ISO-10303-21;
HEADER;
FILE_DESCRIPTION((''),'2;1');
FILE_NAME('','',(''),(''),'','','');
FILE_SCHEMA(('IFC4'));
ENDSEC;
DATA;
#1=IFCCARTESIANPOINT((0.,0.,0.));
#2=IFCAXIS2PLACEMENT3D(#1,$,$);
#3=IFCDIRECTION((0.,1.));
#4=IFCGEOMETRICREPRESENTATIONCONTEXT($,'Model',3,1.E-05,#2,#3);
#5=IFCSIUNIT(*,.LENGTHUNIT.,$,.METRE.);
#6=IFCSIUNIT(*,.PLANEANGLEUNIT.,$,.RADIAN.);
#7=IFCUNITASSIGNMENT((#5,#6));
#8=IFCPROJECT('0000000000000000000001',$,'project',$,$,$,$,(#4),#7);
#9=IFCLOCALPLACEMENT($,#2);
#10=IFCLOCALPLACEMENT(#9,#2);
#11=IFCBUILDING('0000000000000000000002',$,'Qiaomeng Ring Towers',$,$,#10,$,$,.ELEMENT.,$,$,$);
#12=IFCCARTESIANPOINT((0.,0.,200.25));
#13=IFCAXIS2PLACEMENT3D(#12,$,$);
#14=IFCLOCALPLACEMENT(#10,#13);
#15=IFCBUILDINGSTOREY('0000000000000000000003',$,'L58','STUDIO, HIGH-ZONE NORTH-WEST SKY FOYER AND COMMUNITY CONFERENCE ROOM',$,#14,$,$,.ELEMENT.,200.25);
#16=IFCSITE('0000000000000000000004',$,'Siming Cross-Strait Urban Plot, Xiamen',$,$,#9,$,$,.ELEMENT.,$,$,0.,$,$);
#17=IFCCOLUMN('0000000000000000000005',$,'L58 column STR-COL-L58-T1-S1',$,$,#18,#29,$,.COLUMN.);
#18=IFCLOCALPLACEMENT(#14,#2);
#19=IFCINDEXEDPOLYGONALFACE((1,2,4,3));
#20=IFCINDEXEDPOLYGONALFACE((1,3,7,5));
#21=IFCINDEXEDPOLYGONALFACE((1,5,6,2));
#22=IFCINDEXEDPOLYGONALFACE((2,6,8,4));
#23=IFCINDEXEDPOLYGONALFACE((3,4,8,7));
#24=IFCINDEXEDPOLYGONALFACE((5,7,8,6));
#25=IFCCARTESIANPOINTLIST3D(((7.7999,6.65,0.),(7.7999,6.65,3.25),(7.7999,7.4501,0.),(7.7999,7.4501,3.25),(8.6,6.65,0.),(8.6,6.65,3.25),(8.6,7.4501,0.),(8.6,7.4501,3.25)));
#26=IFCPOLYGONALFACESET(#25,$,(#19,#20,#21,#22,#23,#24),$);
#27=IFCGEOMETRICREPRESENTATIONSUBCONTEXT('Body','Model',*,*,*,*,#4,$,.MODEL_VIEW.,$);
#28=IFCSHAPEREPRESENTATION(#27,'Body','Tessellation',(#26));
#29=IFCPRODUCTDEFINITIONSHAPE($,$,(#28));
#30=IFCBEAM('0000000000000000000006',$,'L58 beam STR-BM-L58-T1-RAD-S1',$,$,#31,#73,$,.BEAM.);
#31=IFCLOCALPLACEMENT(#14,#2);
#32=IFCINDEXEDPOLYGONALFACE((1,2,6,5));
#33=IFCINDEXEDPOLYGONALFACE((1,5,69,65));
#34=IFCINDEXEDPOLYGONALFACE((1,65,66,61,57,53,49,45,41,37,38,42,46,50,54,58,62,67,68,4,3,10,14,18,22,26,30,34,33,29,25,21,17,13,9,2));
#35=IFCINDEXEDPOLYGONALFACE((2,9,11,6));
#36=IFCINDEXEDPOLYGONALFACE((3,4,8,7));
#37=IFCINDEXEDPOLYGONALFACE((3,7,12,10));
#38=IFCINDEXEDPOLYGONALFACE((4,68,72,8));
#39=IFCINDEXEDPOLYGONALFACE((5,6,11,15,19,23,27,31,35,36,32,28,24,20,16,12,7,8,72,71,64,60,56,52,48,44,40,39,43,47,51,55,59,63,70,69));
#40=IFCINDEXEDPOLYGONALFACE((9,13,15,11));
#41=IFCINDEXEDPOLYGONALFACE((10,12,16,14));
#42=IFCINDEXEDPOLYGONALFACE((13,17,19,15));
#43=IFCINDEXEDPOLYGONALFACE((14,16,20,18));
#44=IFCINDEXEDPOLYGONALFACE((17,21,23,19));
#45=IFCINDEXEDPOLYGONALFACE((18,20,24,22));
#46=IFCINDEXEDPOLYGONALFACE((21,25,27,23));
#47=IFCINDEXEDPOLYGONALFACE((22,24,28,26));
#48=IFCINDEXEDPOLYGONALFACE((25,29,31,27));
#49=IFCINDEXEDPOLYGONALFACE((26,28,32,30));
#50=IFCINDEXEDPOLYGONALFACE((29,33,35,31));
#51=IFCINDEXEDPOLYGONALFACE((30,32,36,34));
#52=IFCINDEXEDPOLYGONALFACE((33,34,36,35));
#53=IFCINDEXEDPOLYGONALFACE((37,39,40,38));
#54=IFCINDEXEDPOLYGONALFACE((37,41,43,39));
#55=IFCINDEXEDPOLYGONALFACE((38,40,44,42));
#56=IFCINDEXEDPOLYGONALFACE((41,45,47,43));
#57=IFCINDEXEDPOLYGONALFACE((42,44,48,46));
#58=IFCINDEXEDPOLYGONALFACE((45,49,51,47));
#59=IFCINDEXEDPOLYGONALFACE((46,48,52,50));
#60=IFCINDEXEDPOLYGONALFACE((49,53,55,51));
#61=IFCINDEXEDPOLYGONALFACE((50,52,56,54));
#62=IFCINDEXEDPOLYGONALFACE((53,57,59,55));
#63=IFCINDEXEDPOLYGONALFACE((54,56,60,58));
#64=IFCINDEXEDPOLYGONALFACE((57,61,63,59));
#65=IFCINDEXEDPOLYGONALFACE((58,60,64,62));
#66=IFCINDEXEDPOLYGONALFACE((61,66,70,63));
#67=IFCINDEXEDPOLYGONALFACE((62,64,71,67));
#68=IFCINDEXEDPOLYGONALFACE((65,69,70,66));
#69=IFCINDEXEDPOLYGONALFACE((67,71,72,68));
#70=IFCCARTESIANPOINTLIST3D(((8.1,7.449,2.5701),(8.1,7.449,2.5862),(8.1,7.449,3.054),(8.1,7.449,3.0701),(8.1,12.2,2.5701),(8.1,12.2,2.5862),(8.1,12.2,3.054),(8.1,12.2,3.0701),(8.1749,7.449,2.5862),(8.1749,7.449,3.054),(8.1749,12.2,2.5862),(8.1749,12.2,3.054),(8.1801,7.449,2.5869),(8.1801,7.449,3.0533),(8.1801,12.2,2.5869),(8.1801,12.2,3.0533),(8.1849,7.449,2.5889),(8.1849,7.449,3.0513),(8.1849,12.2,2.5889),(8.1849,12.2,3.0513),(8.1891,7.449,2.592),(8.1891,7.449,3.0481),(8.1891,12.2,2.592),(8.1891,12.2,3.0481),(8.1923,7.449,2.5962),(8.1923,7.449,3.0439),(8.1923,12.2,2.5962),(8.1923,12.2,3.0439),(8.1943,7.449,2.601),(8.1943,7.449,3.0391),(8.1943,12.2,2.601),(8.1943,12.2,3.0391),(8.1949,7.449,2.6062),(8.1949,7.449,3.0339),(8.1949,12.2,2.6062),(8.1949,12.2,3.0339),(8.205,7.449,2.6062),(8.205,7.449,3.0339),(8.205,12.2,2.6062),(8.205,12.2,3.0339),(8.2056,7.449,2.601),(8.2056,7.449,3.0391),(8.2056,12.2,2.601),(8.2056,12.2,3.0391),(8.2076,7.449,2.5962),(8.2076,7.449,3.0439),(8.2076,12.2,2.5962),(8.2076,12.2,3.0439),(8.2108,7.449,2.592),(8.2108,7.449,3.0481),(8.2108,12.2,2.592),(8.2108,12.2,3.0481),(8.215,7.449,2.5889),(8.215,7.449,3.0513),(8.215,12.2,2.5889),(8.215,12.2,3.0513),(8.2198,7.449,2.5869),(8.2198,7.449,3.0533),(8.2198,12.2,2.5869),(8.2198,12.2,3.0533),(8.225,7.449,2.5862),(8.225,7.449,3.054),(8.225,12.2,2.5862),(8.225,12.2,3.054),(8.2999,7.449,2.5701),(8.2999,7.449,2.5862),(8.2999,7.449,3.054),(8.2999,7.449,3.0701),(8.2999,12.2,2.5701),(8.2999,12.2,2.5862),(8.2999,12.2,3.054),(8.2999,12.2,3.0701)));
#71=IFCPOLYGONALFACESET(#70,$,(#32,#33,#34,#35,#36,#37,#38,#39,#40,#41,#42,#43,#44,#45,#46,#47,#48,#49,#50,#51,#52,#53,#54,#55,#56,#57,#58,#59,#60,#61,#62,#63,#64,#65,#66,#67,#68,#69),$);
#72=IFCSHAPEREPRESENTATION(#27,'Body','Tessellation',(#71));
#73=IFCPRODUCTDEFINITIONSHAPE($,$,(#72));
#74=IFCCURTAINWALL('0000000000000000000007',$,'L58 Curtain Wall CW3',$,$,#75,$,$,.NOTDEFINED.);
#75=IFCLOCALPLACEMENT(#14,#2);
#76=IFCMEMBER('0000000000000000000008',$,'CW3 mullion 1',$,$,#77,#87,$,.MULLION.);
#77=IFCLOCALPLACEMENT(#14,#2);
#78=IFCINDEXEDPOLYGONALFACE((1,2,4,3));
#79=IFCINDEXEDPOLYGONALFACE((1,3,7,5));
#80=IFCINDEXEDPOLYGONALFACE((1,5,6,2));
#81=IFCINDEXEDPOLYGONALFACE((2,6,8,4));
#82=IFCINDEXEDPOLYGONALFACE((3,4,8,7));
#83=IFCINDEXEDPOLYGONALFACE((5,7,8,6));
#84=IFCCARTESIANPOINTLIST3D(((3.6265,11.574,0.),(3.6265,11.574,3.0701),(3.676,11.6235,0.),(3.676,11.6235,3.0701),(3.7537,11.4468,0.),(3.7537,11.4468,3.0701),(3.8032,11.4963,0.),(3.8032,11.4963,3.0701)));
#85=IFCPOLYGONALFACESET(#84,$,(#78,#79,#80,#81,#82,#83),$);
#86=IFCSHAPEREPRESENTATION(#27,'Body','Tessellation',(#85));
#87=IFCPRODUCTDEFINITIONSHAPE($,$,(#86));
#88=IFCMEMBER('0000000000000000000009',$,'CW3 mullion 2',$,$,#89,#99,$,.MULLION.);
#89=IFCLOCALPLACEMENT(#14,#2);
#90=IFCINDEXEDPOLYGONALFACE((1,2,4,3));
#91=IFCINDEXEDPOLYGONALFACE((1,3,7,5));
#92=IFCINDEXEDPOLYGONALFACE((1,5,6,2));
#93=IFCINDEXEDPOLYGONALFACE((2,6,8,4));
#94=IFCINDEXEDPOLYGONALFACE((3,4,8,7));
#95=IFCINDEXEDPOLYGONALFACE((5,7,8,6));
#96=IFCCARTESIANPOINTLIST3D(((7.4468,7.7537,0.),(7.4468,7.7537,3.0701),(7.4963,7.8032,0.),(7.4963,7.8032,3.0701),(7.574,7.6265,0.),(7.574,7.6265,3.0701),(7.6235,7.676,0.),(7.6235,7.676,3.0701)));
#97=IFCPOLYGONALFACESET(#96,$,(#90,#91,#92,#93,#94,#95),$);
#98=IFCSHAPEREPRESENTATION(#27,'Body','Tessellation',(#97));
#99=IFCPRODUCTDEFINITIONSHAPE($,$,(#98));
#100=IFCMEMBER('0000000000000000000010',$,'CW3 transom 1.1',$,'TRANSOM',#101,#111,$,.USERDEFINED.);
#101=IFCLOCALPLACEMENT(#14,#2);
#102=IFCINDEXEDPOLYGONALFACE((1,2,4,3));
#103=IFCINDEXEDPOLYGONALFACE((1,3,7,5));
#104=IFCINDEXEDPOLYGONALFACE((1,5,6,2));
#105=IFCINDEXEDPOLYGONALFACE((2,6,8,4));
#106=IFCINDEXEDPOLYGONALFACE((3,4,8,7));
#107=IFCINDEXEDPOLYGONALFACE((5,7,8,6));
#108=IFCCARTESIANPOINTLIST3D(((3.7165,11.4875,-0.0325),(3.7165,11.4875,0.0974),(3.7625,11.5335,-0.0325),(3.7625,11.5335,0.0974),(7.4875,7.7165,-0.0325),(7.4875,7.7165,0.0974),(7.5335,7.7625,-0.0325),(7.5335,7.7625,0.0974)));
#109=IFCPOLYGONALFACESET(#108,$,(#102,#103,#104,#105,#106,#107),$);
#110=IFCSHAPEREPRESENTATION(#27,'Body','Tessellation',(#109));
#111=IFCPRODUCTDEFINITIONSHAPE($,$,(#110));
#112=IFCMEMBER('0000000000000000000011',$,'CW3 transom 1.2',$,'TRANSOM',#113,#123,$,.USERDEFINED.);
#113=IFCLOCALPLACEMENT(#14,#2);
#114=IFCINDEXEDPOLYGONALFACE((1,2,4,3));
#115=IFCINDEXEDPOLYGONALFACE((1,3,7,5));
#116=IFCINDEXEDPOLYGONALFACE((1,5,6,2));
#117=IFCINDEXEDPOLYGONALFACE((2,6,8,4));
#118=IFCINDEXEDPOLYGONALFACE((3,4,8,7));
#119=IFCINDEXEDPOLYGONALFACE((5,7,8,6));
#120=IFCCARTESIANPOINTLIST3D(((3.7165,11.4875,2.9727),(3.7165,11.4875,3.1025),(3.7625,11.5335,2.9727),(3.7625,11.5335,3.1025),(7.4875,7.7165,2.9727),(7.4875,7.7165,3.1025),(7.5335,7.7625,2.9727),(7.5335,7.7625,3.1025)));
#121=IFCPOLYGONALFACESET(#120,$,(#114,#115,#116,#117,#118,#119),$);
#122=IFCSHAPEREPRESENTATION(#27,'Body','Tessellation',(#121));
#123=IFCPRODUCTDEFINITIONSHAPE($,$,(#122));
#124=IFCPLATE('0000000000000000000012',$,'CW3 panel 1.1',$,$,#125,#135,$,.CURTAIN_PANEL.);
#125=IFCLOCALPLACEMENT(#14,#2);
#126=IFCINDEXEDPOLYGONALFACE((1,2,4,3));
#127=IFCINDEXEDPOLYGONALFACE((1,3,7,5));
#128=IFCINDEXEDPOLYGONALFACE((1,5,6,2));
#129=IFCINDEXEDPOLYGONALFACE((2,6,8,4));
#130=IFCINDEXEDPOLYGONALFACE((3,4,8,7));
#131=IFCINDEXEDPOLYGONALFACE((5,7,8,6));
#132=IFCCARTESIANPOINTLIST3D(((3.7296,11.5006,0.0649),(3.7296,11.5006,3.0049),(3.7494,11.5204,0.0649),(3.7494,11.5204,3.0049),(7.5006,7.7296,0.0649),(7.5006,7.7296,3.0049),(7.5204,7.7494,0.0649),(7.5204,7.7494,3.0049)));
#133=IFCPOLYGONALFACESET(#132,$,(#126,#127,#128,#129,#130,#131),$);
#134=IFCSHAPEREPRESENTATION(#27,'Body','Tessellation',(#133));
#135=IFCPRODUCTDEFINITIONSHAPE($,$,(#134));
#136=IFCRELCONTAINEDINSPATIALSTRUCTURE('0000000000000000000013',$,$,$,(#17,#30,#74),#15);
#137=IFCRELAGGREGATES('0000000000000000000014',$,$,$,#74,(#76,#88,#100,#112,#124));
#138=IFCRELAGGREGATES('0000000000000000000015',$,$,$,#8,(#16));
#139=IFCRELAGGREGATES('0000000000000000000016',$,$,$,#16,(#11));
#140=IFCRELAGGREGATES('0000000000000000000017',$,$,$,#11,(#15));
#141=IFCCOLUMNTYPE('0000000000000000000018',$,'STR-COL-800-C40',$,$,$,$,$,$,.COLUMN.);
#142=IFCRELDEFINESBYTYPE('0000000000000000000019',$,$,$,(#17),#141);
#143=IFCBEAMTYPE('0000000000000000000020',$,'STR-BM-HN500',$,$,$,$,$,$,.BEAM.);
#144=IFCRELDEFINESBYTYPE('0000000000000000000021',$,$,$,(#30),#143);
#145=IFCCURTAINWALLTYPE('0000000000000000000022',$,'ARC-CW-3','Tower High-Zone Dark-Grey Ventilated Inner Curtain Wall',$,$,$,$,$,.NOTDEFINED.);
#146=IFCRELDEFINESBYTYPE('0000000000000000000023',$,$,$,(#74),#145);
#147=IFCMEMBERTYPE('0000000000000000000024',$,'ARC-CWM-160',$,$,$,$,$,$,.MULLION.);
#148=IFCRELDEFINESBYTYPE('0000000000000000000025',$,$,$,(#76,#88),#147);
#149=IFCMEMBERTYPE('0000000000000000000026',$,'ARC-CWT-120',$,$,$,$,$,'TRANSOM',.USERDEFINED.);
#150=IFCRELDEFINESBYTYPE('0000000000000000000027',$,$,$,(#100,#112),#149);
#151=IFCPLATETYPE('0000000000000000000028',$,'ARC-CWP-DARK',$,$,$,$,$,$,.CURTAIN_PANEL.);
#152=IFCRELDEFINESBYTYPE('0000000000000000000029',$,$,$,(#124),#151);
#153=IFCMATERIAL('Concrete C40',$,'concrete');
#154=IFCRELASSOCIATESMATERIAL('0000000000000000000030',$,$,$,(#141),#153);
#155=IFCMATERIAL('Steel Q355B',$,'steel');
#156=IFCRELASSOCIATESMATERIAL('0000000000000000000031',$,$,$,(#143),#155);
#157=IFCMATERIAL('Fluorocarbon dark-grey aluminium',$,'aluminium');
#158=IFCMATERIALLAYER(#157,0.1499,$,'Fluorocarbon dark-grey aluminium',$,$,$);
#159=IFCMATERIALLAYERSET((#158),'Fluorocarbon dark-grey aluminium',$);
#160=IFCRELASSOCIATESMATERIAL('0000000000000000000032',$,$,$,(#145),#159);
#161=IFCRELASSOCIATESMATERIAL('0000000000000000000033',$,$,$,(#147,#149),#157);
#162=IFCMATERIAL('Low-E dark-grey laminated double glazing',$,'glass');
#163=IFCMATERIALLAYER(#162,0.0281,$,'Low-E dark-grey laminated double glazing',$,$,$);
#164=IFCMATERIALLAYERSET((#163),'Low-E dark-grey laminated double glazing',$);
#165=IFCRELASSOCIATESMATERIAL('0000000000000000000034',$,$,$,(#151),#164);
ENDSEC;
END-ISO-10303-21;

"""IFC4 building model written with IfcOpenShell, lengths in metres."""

from ifc_helpers import new_model, si_unit, direction, frame, origin, origin_2d, place, context, subcontext, project, spatial, rectangle, i_section, extrude, source, transform, mapped, material, layer, layer_set, material_profile, profile_set, type_object, element, aggregate, save


model = new_model("IFC4")

# Units and contexts
model_context = context("Model", 3, precision=1e-05, world=origin(), true_north=direction((0.0, 1.0)))
body_context = subcontext(model_context, "Body", "Model", "MODEL_VIEW")
ifc_project = project(units=[si_unit("LENGTHUNIT", "METRE"), si_unit("PLANEANGLEUNIT", "RADIAN")], contexts=[model_context])

# Site, building, storey
site_placement = place(None, origin())
site = spatial("IfcSite", under=ifc_project, at=site_placement, Name="Siming Cross-Strait Urban Plot, Xiamen", CompositionType="ELEMENT", RefElevation=0.0)
building_placement = place(site_placement, origin())
building = spatial("IfcBuilding", under=site, at=building_placement, Name="Qiaomeng Ring Towers", CompositionType="ELEMENT")
storey_placement = place(building_placement, frame((0.0, 0.0, 200.25)))
storey = spatial("IfcBuildingStorey", under=building, at=storey_placement, Name="L58", Description="STUDIO, HIGH-ZONE NORTH-WEST SKY FOYER AND COMMUNITY CONFERENCE ROOM", CompositionType="ELEMENT", Elevation=200.25)

# Column
ifc_material_1 = material(Name="Concrete C40", Category="concrete")
ifc_material_profile_1 = material_profile(ifc_material_1, rectangle(XDim=0.8, YDim=0.8, at=origin_2d()), Name="RC COL 800x800")
ifc_profile_set_1 = profile_set([ifc_material_profile_1], Name="Concrete C40")
column_type = type_object("IfcColumnType", Name="STR-COL-800-C40", PredefinedType="COLUMN", material=ifc_profile_set_1)
shared_shape_1 = source(origin(), body_context, "Body", "SweptSolid", [
    extrude(rectangle(XDim=0.8, YDim=0.8, at=origin_2d()), origin(), (0.0, 0.0, 1.0), 3.25),
])
column_placement = place(storey_placement, frame((8.2, 7.05, 0.0), z_axis=(0.0, 0.0, 1.0), x_axis=(1.0, 0.0, 0.0)))
element("IfcColumn", 1, at=column_placement, inside=storey, type_object=column_type, Name="L58 column STR-COL-L58-T1-S1", PredefinedType="COLUMN", context=body_context, shape_type="MappedRepresentation", body=[
    mapped(shared_shape_1, transform((0.0, 0.0, 0.0), x_axis=(1.0, 0.0, 0.0), y_axis=(0.0, 1.0, 0.0), z_axis=(0.0, 0.0, 1.0), scale=1.0)),
])

# Beam
ifc_material_2 = material(Name="Steel Q355B", Category="steel")
ifc_material_profile_2 = material_profile(ifc_material_2, i_section(OverallWidth=0.2, OverallDepth=0.5, WebThickness=0.01, FlangeThickness=0.0161, FilletRadius=0.02, at=origin_2d()), Name="HN 500x200x10x16")
ifc_profile_set_2 = profile_set([ifc_material_profile_2], Name="Steel Q355B")
beam_type = type_object("IfcBeamType", Name="STR-BM-HN500", PredefinedType="BEAM", material=ifc_profile_set_2)
shared_shape_2 = source(origin(), body_context, "Body", "SweptSolid", [
    extrude(i_section(OverallWidth=0.2, OverallDepth=0.5, WebThickness=0.01, FlangeThickness=0.0161, FilletRadius=0.02, at=origin_2d()), origin(), (0.0, 0.0, 1.0), 4.751),
])
beam_placement = place(storey_placement, frame((8.2, 7.449, 2.8201), z_axis=(0.0, 1.0, 0.0), x_axis=(-1.0, 0.0, 0.0)))
element("IfcBeam", 2, at=beam_placement, inside=storey, type_object=beam_type, Name="L58 beam STR-BM-L58-T1-RAD-S1", PredefinedType="BEAM", context=body_context, shape_type="MappedRepresentation", body=[
    mapped(shared_shape_2, transform((0.0, 0.0, 0.0), x_axis=(1.0, 0.0, 0.0), y_axis=(0.0, 1.0, 0.0), z_axis=(0.0, 0.0, 1.0), scale=1.0)),
])

# Curtain wall, members, plate
ifc_material_3 = material(Name="Fluorocarbon dark-grey aluminium", Category="aluminium")
ifc_layer_1 = layer(ifc_material_3, 0.1499, Name="Fluorocarbon dark-grey aluminium")
ifc_layer_set_1 = layer_set([ifc_layer_1], Name="Fluorocarbon dark-grey aluminium")
curtain_wall_type = type_object("IfcCurtainWallType", Name="ARC-CW-3", Description="Tower High-Zone Dark-Grey Ventilated Inner Curtain Wall", PredefinedType="NOTDEFINED", material=ifc_layer_set_1)
curtain_wall_placement = place(storey_placement, origin())
curtain_wall = element("IfcCurtainWall", 3, at=curtain_wall_placement, inside=storey, type_object=curtain_wall_type, Name="L58 Curtain Wall CW3", PredefinedType="NOTDEFINED")
ifc_material_profile_3 = material_profile(ifc_material_3, rectangle(XDim=0.0701, YDim=0.1799, at=origin_2d()), Name="ALU MULL 70x180")
ifc_profile_set_3 = profile_set([ifc_material_profile_3], Name="Fluorocarbon dark-grey aluminium")
member_type_1 = type_object("IfcMemberType", Name="ARC-CWM-160", PredefinedType="MULLION", material=ifc_profile_set_3)
shared_shape_3 = source(origin(), body_context, "Body", "SweptSolid", [
    extrude(rectangle(XDim=0.0701, YDim=0.1799, at=origin_2d()), origin(), (0.0, 0.0, 1.0), 3.0701),
])
member_1_placement = place(storey_placement, frame((3.7148, 11.5352, 0.0), z_axis=(0.0, 0.0, 1.0), x_axis=(0.707107, 0.707107, 0.0)))
member_1 = element("IfcMember", 4, at=member_1_placement, type_object=member_type_1, Name="CW3 mullion 1", PredefinedType="MULLION", context=body_context, shape_type="MappedRepresentation", body=[
    mapped(shared_shape_3, transform((0.0, 0.0, 0.0), x_axis=(1.0, 0.0, 0.0), y_axis=(0.0, 1.0, 0.0), z_axis=(0.0, 0.0, 1.0), scale=1.0)),
])
member_2_placement = place(storey_placement, frame((7.5352, 7.7148, 0.0), z_axis=(0.0, 0.0, 1.0), x_axis=(0.707107, 0.707107, 0.0)))
member_2 = element("IfcMember", 5, at=member_2_placement, type_object=member_type_1, Name="CW3 mullion 2", PredefinedType="MULLION", context=body_context, shape_type="MappedRepresentation", body=[
    mapped(shared_shape_3, transform((0.0, 0.0, 0.0), x_axis=(1.0, 0.0, 0.0), y_axis=(0.0, 1.0, 0.0), z_axis=(0.0, 0.0, 1.0), scale=1.0)),
])
ifc_material_profile_4 = material_profile(ifc_material_3, rectangle(XDim=0.0649, YDim=0.1299, at=origin_2d()), Name="ALU TRAN 65x130")
ifc_profile_set_4 = profile_set([ifc_material_profile_4], Name="Fluorocarbon dark-grey aluminium")
member_type_2 = type_object("IfcMemberType", Name="ARC-CWT-120", ElementType="TRANSOM", PredefinedType="USERDEFINED", material=ifc_profile_set_4)
shared_shape_4 = source(origin(), body_context, "Body", "SweptSolid", [
    extrude(rectangle(XDim=0.0649, YDim=0.1299, at=origin_2d()), origin(), (0.0, 0.0, 1.0), 5.333),
])
member_3_placement = place(storey_placement, frame((3.7395, 11.5105, 0.0325), z_axis=(0.707107, -0.707107, 0.0), x_axis=(0.707107, 0.707107, 0.0)))
member_3 = element("IfcMember", 6, at=member_3_placement, type_object=member_type_2, Name="CW3 transom 1.1", ObjectType="TRANSOM", PredefinedType="USERDEFINED", context=body_context, shape_type="MappedRepresentation", body=[
    mapped(shared_shape_4, transform((0.0, 0.0, 0.0), x_axis=(1.0, 0.0, 0.0), y_axis=(0.0, 1.0, 0.0), z_axis=(0.0, 0.0, 1.0), scale=1.0)),
])
member_4_placement = place(storey_placement, frame((3.7395, 11.5105, 3.0376), z_axis=(0.707107, -0.707107, 0.0), x_axis=(0.707107, 0.707107, 0.0)))
member_4 = element("IfcMember", 7, at=member_4_placement, type_object=member_type_2, Name="CW3 transom 1.2", ObjectType="TRANSOM", PredefinedType="USERDEFINED", context=body_context, shape_type="MappedRepresentation", body=[
    mapped(shared_shape_4, transform((0.0, 0.0, 0.0), x_axis=(1.0, 0.0, 0.0), y_axis=(0.0, 1.0, 0.0), z_axis=(0.0, 0.0, 1.0), scale=1.0)),
])
ifc_material_4 = material(Name="Low-E dark-grey laminated double glazing", Category="glass")
ifc_layer_2 = layer(ifc_material_4, 0.0281, Name="Low-E dark-grey laminated double glazing")
ifc_layer_set_2 = layer_set([ifc_layer_2], Name="Low-E dark-grey laminated double glazing")
plate_type = type_object("IfcPlateType", Name="ARC-CWP-DARK", PredefinedType="CURTAIN_PANEL", material=ifc_layer_set_2)
shared_shape_5 = source(origin(), body_context, "Body", "SweptSolid", [
    extrude(rectangle(XDim=5.333, YDim=0.0281, at=origin_2d()), origin(), (0.0, 0.0, 1.0), 2.9399),
])
plate_placement = place(storey_placement, frame((5.625, 9.625, 0.0649), z_axis=(0.0, 0.0, 1.0), x_axis=(0.707107, -0.707107, 0.0)))
plate = element("IfcPlate", 8, at=plate_placement, type_object=plate_type, Name="CW3 panel 1.1", PredefinedType="CURTAIN_PANEL", context=body_context, shape_type="MappedRepresentation", body=[
    mapped(shared_shape_5, transform((0.0, 0.0, 0.0), x_axis=(1.0, 0.0, 0.0), y_axis=(0.0, 1.0, 0.0), z_axis=(0.0, 0.0, 1.0), scale=1.0)),
])
aggregate(curtain_wall, [member_1, member_2, member_3, member_4, plate])

save(model, "model.ifc")
